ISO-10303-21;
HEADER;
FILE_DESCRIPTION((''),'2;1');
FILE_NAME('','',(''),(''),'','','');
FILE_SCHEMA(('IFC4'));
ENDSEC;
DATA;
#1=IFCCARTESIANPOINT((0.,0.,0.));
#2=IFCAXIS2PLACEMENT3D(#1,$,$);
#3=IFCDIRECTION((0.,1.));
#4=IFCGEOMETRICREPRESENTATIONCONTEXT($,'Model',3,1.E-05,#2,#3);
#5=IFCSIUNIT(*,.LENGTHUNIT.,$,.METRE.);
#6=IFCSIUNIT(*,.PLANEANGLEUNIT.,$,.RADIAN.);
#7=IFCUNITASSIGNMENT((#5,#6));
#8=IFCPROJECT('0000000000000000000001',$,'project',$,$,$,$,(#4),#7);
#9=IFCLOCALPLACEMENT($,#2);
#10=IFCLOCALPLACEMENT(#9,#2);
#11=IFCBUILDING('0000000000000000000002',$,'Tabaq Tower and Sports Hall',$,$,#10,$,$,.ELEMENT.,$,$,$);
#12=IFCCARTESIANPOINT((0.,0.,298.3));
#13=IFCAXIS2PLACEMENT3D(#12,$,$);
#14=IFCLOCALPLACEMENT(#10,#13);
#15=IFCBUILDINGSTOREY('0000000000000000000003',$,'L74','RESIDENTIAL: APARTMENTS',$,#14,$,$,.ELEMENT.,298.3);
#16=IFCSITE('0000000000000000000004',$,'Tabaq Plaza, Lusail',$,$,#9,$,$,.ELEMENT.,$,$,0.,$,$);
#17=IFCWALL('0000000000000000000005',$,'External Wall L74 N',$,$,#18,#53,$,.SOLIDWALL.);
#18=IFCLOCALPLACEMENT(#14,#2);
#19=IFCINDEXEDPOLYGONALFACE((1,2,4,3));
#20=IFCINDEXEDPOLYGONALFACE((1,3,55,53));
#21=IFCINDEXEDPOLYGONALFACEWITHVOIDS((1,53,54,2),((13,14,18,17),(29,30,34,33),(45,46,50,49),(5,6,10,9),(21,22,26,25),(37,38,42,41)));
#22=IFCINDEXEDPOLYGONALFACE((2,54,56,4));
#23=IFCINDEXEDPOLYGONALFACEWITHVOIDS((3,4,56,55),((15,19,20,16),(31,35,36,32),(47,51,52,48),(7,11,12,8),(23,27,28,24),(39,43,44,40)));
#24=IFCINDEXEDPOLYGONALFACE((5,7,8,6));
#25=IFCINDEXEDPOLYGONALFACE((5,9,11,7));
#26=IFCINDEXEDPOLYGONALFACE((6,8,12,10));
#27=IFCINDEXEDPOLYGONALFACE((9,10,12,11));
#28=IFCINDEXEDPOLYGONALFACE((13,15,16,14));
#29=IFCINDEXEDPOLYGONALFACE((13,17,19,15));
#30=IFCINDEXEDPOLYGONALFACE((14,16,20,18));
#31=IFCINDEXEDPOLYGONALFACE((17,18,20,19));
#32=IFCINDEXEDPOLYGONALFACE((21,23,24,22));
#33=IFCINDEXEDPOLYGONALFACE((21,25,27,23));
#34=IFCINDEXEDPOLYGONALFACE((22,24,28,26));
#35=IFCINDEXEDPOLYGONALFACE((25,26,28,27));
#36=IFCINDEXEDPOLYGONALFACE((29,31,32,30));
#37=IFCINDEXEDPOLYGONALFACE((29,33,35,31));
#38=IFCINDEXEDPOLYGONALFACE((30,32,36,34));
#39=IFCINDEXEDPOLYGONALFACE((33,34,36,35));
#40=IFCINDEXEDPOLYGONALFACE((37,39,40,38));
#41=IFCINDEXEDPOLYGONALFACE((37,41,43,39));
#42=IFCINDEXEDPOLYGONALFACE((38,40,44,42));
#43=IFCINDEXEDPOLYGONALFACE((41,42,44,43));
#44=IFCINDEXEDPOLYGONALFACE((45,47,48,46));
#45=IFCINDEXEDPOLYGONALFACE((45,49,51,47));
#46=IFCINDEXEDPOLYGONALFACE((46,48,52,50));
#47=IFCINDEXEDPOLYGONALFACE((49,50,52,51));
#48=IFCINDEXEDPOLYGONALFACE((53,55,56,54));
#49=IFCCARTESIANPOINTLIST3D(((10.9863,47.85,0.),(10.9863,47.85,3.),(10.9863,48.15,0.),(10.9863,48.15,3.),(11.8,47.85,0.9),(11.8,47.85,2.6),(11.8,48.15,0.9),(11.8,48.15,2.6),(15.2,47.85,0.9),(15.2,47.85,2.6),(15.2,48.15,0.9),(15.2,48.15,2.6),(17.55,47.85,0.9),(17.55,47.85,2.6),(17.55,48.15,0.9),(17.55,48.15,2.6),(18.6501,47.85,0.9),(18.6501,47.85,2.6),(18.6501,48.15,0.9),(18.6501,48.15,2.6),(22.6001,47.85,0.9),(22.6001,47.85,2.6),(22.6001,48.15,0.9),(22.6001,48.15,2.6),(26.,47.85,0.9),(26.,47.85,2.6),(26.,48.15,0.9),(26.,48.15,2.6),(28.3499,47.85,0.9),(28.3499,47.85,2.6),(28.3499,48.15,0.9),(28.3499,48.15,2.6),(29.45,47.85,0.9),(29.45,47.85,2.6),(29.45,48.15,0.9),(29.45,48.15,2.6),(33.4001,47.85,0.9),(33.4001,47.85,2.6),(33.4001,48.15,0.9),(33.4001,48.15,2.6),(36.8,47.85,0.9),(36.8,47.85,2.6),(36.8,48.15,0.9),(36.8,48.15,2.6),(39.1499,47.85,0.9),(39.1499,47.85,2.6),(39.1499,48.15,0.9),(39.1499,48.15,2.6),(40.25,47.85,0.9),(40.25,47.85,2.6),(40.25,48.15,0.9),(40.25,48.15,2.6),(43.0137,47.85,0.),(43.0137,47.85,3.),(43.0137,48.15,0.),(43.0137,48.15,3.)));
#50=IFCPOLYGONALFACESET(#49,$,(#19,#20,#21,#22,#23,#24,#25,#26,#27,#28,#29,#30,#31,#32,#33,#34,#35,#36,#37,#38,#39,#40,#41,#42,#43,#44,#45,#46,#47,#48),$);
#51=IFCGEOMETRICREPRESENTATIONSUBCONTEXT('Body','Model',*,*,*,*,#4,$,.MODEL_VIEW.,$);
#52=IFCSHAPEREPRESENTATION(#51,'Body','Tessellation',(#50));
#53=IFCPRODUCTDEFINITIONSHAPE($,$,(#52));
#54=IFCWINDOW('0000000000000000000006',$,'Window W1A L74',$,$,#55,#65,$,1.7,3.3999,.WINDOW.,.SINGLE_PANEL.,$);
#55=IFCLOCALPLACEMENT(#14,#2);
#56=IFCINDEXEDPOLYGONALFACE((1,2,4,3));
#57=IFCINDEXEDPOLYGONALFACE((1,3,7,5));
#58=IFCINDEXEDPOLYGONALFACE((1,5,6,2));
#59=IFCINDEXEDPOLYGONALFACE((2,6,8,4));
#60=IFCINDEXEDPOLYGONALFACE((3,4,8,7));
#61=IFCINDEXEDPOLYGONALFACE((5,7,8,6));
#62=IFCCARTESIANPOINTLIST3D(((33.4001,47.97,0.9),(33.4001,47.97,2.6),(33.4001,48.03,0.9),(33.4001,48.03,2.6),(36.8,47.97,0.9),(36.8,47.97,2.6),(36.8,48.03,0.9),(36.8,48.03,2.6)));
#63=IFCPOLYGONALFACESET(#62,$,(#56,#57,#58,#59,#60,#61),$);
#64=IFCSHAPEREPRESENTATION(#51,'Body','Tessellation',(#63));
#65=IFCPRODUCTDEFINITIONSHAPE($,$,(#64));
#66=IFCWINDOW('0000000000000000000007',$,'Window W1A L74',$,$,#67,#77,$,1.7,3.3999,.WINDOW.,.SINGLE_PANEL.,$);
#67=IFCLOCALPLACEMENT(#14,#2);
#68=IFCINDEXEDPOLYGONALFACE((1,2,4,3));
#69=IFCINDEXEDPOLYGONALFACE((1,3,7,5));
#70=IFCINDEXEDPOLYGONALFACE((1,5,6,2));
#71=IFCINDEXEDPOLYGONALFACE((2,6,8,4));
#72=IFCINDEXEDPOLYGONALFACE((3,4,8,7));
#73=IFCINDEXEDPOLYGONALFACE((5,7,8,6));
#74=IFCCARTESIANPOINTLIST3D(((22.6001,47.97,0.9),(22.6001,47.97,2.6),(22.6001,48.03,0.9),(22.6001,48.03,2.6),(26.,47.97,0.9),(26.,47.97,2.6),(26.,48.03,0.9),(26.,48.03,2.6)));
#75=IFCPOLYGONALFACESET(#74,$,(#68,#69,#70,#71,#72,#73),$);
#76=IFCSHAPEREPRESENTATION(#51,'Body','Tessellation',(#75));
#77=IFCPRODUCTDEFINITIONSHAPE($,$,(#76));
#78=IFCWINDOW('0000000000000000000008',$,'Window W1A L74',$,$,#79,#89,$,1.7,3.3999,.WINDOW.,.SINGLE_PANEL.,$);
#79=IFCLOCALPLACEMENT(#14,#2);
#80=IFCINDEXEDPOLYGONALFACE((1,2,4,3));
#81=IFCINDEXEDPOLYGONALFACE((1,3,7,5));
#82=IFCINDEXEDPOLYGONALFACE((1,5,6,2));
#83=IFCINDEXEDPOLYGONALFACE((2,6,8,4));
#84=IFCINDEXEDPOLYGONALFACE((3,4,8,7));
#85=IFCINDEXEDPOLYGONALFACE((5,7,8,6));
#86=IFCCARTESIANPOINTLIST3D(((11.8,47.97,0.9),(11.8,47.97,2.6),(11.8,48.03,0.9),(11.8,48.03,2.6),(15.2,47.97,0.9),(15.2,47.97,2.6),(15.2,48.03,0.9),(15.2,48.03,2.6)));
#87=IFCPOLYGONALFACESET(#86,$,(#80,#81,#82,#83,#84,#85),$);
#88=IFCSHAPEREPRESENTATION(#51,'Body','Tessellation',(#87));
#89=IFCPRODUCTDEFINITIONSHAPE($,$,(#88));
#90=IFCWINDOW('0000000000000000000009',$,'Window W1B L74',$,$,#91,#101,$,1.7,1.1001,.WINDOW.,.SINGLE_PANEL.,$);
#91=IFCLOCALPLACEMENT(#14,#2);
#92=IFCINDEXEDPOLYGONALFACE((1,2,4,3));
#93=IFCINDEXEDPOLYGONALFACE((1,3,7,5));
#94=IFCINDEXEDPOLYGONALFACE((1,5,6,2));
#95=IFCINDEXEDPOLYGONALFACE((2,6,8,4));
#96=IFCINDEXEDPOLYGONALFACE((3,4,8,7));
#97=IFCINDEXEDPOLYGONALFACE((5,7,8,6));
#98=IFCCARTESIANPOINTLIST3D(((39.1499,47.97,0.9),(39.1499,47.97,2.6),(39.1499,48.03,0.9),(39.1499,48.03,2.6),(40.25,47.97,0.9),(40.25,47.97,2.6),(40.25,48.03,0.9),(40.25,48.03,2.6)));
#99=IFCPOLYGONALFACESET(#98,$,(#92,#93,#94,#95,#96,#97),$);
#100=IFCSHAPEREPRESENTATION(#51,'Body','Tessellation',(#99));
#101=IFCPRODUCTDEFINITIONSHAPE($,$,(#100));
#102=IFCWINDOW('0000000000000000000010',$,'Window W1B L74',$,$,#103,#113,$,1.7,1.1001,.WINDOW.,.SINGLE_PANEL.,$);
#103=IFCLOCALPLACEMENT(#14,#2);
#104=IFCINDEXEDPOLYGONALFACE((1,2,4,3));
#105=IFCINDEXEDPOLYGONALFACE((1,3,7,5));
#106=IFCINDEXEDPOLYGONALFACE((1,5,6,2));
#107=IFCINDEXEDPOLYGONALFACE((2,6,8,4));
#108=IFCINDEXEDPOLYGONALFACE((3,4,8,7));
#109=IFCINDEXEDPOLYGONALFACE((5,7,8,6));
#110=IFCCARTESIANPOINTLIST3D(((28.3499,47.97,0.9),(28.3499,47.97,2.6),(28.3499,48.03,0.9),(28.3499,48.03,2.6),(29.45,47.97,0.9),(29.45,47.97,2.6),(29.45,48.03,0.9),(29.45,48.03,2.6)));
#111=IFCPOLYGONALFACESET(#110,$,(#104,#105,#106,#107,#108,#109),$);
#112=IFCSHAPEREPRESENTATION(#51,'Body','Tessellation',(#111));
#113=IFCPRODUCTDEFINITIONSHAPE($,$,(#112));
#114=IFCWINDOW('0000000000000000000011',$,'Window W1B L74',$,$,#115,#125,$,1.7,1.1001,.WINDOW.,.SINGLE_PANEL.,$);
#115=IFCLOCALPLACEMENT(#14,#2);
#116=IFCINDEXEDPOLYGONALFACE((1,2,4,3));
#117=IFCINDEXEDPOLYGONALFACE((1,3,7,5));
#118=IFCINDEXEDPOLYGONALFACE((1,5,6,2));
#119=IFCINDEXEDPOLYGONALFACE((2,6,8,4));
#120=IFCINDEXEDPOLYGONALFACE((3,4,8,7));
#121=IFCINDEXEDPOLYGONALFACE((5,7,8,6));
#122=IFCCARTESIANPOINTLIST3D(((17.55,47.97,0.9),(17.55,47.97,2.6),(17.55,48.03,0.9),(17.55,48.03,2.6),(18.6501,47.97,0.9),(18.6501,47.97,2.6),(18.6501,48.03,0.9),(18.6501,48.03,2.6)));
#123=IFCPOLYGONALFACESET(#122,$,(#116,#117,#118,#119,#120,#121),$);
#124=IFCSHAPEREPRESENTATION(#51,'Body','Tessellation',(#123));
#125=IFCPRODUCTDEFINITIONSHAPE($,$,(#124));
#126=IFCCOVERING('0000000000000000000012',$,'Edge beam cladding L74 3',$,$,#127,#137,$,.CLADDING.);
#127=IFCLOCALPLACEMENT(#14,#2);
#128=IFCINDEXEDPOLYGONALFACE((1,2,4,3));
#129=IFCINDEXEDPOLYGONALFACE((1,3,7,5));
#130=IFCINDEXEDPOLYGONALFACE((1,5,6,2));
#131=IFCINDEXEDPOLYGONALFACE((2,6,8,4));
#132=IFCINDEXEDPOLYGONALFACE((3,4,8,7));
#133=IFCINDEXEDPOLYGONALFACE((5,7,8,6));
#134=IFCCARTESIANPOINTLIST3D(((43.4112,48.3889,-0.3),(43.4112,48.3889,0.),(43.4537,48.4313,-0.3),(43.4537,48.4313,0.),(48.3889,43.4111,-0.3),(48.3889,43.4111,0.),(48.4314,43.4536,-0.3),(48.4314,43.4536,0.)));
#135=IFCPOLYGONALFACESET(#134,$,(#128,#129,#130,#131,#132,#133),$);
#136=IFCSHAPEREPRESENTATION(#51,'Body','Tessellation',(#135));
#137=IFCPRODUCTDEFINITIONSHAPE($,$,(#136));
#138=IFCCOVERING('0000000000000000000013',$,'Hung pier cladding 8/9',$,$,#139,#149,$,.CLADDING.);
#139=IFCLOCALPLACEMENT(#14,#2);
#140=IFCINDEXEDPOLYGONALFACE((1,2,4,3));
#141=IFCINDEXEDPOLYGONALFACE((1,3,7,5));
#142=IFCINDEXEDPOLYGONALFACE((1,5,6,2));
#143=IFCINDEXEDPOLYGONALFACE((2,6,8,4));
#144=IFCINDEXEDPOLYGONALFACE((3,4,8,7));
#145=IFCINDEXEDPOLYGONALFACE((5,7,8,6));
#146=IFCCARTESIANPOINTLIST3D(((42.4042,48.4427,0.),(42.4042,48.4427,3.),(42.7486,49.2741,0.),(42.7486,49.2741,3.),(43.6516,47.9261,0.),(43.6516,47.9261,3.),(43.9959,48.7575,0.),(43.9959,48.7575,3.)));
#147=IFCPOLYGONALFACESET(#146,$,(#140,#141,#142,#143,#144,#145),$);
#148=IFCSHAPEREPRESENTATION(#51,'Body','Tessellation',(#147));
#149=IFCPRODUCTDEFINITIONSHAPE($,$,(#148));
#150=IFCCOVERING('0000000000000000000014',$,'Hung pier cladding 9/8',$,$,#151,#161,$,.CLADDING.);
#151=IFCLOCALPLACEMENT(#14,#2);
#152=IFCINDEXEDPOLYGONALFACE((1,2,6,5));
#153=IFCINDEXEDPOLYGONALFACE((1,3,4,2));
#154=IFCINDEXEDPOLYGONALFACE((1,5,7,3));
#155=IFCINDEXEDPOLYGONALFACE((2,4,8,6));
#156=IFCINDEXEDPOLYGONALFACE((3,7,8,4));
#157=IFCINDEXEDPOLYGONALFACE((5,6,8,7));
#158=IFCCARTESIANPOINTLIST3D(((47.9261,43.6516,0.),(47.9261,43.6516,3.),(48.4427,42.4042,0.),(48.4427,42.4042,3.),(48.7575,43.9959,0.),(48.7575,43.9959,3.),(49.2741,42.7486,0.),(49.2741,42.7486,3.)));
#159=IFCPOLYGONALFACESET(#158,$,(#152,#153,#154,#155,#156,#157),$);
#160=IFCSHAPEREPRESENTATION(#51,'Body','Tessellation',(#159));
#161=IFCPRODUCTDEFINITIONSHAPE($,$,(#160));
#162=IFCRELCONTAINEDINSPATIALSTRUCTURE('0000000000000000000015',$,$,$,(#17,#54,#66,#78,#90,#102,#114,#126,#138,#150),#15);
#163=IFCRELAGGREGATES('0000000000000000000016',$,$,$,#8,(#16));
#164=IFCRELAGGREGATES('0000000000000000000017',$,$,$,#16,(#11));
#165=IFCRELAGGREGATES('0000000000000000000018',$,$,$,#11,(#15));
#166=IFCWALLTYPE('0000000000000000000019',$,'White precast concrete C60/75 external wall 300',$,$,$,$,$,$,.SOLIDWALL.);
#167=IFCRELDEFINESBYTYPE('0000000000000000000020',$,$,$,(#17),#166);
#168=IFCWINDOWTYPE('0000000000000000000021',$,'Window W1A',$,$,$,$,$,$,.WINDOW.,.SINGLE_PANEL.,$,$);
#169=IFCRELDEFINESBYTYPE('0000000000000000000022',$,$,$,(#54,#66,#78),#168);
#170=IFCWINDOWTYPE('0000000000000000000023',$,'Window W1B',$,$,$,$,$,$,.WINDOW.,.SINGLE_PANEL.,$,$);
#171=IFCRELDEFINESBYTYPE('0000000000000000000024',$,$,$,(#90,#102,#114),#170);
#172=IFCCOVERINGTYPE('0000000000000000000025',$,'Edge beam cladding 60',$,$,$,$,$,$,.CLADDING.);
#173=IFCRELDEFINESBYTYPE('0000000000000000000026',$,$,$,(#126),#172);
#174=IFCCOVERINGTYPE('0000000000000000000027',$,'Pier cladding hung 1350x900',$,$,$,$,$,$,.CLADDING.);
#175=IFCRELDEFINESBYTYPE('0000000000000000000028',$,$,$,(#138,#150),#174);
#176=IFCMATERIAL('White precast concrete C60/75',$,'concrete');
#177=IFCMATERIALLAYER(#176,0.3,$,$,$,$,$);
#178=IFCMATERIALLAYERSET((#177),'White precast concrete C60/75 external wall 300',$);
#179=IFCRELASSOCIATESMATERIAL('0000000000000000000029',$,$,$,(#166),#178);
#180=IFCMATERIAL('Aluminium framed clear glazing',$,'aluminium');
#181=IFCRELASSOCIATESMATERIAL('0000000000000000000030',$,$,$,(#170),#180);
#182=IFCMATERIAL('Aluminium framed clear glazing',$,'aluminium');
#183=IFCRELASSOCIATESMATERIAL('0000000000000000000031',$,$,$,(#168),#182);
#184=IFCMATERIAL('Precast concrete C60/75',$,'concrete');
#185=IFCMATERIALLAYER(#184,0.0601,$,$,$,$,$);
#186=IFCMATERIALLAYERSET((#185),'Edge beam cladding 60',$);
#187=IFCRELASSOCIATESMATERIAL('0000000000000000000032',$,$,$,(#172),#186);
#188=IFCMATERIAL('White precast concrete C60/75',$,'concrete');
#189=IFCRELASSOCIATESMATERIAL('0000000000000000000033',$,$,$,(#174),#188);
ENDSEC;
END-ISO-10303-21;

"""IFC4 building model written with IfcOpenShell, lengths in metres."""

from ifc_helpers import new_model, si_unit, direction, frame, frame_2d, origin, place, context, subcontext, project, spatial, rectangle, extrude, material, layer, layer_set, type_object, element, fill, save


model = new_model("IFC4")

# Units and contexts
model_context = context("Model", 3, precision=1e-05, world=origin(), true_north=direction((0.0, 1.0)))
body_context = subcontext(model_context, "Body", "Model", "MODEL_VIEW")
ifc_project = project(units=[si_unit("LENGTHUNIT", "METRE"), si_unit("PLANEANGLEUNIT", "RADIAN")], contexts=[model_context])

# Site, building, storey
site_placement = place(None, origin())
site = spatial("IfcSite", under=ifc_project, at=site_placement, Name="Tabaq Plaza, Lusail", CompositionType="ELEMENT", RefElevation=0.0)
building_placement = place(site_placement, origin())
building = spatial("IfcBuilding", under=site, at=building_placement, Name="Tabaq Tower and Sports Hall", CompositionType="ELEMENT")
storey_placement = place(building_placement, frame((0.0, 0.0, 298.3)))
storey = spatial("IfcBuildingStorey", under=building, at=storey_placement, Name="L74", Description="RESIDENTIAL: APARTMENTS", CompositionType="ELEMENT", Elevation=298.3)

# Wall, openings, windows
ifc_material_1 = material(Name="White precast concrete C60/75", Category="concrete")
ifc_layer_1 = layer(ifc_material_1, 0.3)
ifc_layer_set_1 = layer_set([ifc_layer_1], Name="White precast concrete C60/75 external wall 300")
wall_type_1 = type_object("IfcWallType", Name="White precast concrete C60/75 external wall 300", PredefinedType="SOLIDWALL", material=ifc_layer_set_1)
ifc_material_2 = material(Name="Aluminium framed clear glazing", Category="aluminium")
window_type_1 = type_object("IfcWindowType", Name="Window W1B", PartitioningType="SINGLE_PANEL", PredefinedType="WINDOW", material=ifc_material_2)
wall_1_placement = place(storey_placement, frame((43.0137, 48.0, 0.0), z_axis=(0.0, 0.0, 1.0), x_axis=(-1.0, 0.0, 0.0)))
wall_1 = element("IfcWall", 1, at=wall_1_placement, inside=storey, type_object=wall_type_1, Name="External Wall L74 N", PredefinedType="SOLIDWALL", context=body_context, shape_type="SweptSolid", body=[
    extrude(rectangle(XDim=32.0273, YDim=0.3, at=frame_2d((16.0137, 0.0))), origin(), (0.0, 0.0, 1.0), 3.0),
])
opening_1_placement = place(wall_1_placement, frame((2.7637, 0.0, 0.8999)))
opening_1 = element("IfcOpeningElement", 2, at=opening_1_placement, cuts=wall_1, PredefinedType="OPENING", context=body_context, shape_type="SweptSolid", body=[
    extrude(rectangle(XDim=1.1001, YDim=1.7, at=frame_2d((0.55, 0.8501))), frame((0.0, 0.1602, 0.0), z_axis=(0.0, -1.0, 0.0), x_axis=(1.0, 0.0, 0.0)), (0.0, 0.0, 1.0), 0.3201),
])
opening_2_placement = place(wall_1_placement, frame((6.2136, 0.0, 0.8999)))
opening_2 = element("IfcOpeningElement", 3, at=opening_2_placement, cuts=wall_1, PredefinedType="OPENING", context=body_context, shape_type="SweptSolid", body=[
    extrude(rectangle(XDim=3.3999, YDim=1.7, at=frame_2d((1.7, 0.8501))), frame((0.0, 0.1602, 0.0), z_axis=(0.0, -1.0, 0.0), x_axis=(1.0, 0.0, 0.0)), (0.0, 0.0, 1.0), 0.3201),
])
opening_3_placement = place(wall_1_placement, frame((13.5637, 0.0, 0.8999)))
opening_3 = element("IfcOpeningElement", 4, at=opening_3_placement, cuts=wall_1, PredefinedType="OPENING", context=body_context, shape_type="SweptSolid", body=[
    extrude(rectangle(XDim=1.1001, YDim=1.7, at=frame_2d((0.55, 0.8501))), frame((0.0, 0.1602, 0.0), z_axis=(0.0, -1.0, 0.0), x_axis=(1.0, 0.0, 0.0)), (0.0, 0.0, 1.0), 0.3201),
])
opening_4_placement = place(wall_1_placement, frame((17.0137, 0.0, 0.8999)))
opening_4 = element("IfcOpeningElement", 5, at=opening_4_placement, cuts=wall_1, PredefinedType="OPENING", context=body_context, shape_type="SweptSolid", body=[
    extrude(rectangle(XDim=3.3999, YDim=1.7, at=frame_2d((1.7, 0.8501))), frame((0.0, 0.1602, 0.0), z_axis=(0.0, -1.0, 0.0), x_axis=(1.0, 0.0, 0.0)), (0.0, 0.0, 1.0), 0.3201),
])
opening_5_placement = place(wall_1_placement, frame((24.3635, 0.0, 0.8999)))
opening_5 = element("IfcOpeningElement", 6, at=opening_5_placement, cuts=wall_1, PredefinedType="OPENING", context=body_context, shape_type="SweptSolid", body=[
    extrude(rectangle(XDim=1.1001, YDim=1.7, at=frame_2d((0.55, 0.8501))), frame((0.0, 0.1602, 0.0), z_axis=(0.0, -1.0, 0.0), x_axis=(1.0, 0.0, 0.0)), (0.0, 0.0, 1.0), 0.3201),
])
opening_6_placement = place(wall_1_placement, frame((27.8137, 0.0, 0.8999)))
opening_6 = element("IfcOpeningElement", 7, at=opening_6_placement, cuts=wall_1, PredefinedType="OPENING", context=body_context, shape_type="SweptSolid", body=[
    extrude(rectangle(XDim=3.3999, YDim=1.7, at=frame_2d((1.7, 0.8501))), frame((0.0, 0.1602, 0.0), z_axis=(0.0, -1.0, 0.0), x_axis=(1.0, 0.0, 0.0)), (0.0, 0.0, 1.0), 0.3201),
])
ifc_material_3 = material(Name="Aluminium framed clear glazing", Category="aluminium")
window_type_2 = type_object("IfcWindowType", Name="Window W1A", PartitioningType="SINGLE_PANEL", PredefinedType="WINDOW", material=ifc_material_3)
window_1_placement = place(opening_2_placement, origin())
window_1 = element("IfcWindow", 8, at=window_1_placement, inside=storey, type_object=window_type_2, Name="Window W1A L74", OverallHeight=1.7, OverallWidth=3.3999, PartitioningType="SINGLE_PANEL", PredefinedType="WINDOW", context=body_context, shape_type="SweptSolid", body=[
    extrude(rectangle(XDim=3.3999, YDim=1.7, at=frame_2d((1.7, 0.8501))), frame((0.0, 0.03, 0.0), z_axis=(0.0, -1.0, 0.0), x_axis=(1.0, 0.0, 0.0)), (0.0, 0.0, 1.0), 0.0601),
])
fill(opening_2, window_1)
window_2_placement = place(opening_4_placement, origin())
window_2 = element("IfcWindow", 9, at=window_2_placement, inside=storey, type_object=window_type_2, Name="Window W1A L74", OverallHeight=1.7, OverallWidth=3.3999, PartitioningType="SINGLE_PANEL", PredefinedType="WINDOW", context=body_context, shape_type="SweptSolid", body=[
    extrude(rectangle(XDim=3.3999, YDim=1.7, at=frame_2d((1.7, 0.8501))), frame((0.0, 0.03, 0.0), z_axis=(0.0, -1.0, 0.0), x_axis=(1.0, 0.0, 0.0)), (0.0, 0.0, 1.0), 0.0601),
])
fill(opening_4, window_2)
window_3_placement = place(opening_6_placement, origin())
window_3 = element("IfcWindow", 10, at=window_3_placement, inside=storey, type_object=window_type_2, Name="Window W1A L74", OverallHeight=1.7, OverallWidth=3.3999, PartitioningType="SINGLE_PANEL", PredefinedType="WINDOW", context=body_context, shape_type="SweptSolid", body=[
    extrude(rectangle(XDim=3.3999, YDim=1.7, at=frame_2d((1.7, 0.8501))), frame((0.0, 0.03, 0.0), z_axis=(0.0, -1.0, 0.0), x_axis=(1.0, 0.0, 0.0)), (0.0, 0.0, 1.0), 0.0601),
])
fill(opening_6, window_3)
window_4_placement = place(opening_1_placement, origin())
window_4 = element("IfcWindow", 11, at=window_4_placement, inside=storey, type_object=window_type_1, Name="Window W1B L74", OverallHeight=1.7, OverallWidth=1.1001, PartitioningType="SINGLE_PANEL", PredefinedType="WINDOW", context=body_context, shape_type="SweptSolid", body=[
    extrude(rectangle(XDim=1.1001, YDim=1.7, at=frame_2d((0.55, 0.8501))), frame((0.0, 0.03, 0.0), z_axis=(0.0, -1.0, 0.0), x_axis=(1.0, 0.0, 0.0)), (0.0, 0.0, 1.0), 0.0601),
])
fill(opening_1, window_4)
window_5_placement = place(opening_3_placement, origin())
window_5 = element("IfcWindow", 12, at=window_5_placement, inside=storey, type_object=window_type_1, Name="Window W1B L74", OverallHeight=1.7, OverallWidth=1.1001, PartitioningType="SINGLE_PANEL", PredefinedType="WINDOW", context=body_context, shape_type="SweptSolid", body=[
    extrude(rectangle(XDim=1.1001, YDim=1.7, at=frame_2d((0.55, 0.8501))), frame((0.0, 0.03, 0.0), z_axis=(0.0, -1.0, 0.0), x_axis=(1.0, 0.0, 0.0)), (0.0, 0.0, 1.0), 0.0601),
])
fill(opening_3, window_5)
window_6_placement = place(opening_5_placement, origin())
window_6 = element("IfcWindow", 13, at=window_6_placement, inside=storey, type_object=window_type_1, Name="Window W1B L74", OverallHeight=1.7, OverallWidth=1.1001, PartitioningType="SINGLE_PANEL", PredefinedType="WINDOW", context=body_context, shape_type="SweptSolid", body=[
    extrude(rectangle(XDim=1.1001, YDim=1.7, at=frame_2d((0.55, 0.8501))), frame((0.0, 0.03, 0.0), z_axis=(0.0, -1.0, 0.0), x_axis=(1.0, 0.0, 0.0)), (0.0, 0.0, 1.0), 0.0601),
])
fill(opening_5, window_6)

# Coverings
ifc_material_4 = material(Name="Precast concrete C60/75", Category="concrete")
ifc_layer_2 = layer(ifc_material_4, 0.0601)
ifc_layer_set_2 = layer_set([ifc_layer_2], Name="Edge beam cladding 60")
covering_type_1 = type_object("IfcCoveringType", Name="Edge beam cladding 60", PredefinedType="CLADDING", material=ifc_layer_set_2)
covering_1_placement = place(storey_placement, frame((48.4102, 43.4324, -0.3), z_axis=(0.0, 0.0, 1.0), x_axis=(-0.707107, 0.707107, 0.0)))
element("IfcCovering", 14, at=covering_1_placement, inside=storey, type_object=covering_type_1, Name="Edge beam cladding L74 3", PredefinedType="CLADDING", context=body_context, shape_type="SweptSolid", body=[
    extrude(rectangle(XDim=7.0396, YDim=0.0601, at=frame_2d((3.5198, 0.0))), origin(), (0.0, 0.0, 1.0), 0.3),
])
ifc_material_5 = material(Name="White precast concrete C60/75", Category="concrete")
covering_type_2 = type_object("IfcCoveringType", Name="Pier cladding hung 1350x900", PredefinedType="CLADDING", material=ifc_material_5)
for number, where, z_axis, x_axis, name in (
    (15, (43.8237, 48.3418, 0.0), (0.0, 0.0, 1.0), (-0.923893, 0.38265, 0.0), "Hung pier cladding 8/9"),
    (16, (48.8584, 42.5764, 0.0), (0.0, 0.0, 1.0), (-0.38265, 0.923893, 0.0), "Hung pier cladding 9/8"),
):
    element("IfcCovering", number, at=place(storey_placement, frame(where, z_axis=z_axis, x_axis=x_axis)), inside=storey, type_object=covering_type_2, Name=name, PredefinedType="CLADDING", context=body_context, shape_type="SweptSolid", body=[
        extrude(rectangle(XDim=1.3501, YDim=0.8999, at=frame_2d((0.675, 0.0))), origin(), (0.0, 0.0, 1.0), 3.0),
    ])

save(model, "model.ifc")
